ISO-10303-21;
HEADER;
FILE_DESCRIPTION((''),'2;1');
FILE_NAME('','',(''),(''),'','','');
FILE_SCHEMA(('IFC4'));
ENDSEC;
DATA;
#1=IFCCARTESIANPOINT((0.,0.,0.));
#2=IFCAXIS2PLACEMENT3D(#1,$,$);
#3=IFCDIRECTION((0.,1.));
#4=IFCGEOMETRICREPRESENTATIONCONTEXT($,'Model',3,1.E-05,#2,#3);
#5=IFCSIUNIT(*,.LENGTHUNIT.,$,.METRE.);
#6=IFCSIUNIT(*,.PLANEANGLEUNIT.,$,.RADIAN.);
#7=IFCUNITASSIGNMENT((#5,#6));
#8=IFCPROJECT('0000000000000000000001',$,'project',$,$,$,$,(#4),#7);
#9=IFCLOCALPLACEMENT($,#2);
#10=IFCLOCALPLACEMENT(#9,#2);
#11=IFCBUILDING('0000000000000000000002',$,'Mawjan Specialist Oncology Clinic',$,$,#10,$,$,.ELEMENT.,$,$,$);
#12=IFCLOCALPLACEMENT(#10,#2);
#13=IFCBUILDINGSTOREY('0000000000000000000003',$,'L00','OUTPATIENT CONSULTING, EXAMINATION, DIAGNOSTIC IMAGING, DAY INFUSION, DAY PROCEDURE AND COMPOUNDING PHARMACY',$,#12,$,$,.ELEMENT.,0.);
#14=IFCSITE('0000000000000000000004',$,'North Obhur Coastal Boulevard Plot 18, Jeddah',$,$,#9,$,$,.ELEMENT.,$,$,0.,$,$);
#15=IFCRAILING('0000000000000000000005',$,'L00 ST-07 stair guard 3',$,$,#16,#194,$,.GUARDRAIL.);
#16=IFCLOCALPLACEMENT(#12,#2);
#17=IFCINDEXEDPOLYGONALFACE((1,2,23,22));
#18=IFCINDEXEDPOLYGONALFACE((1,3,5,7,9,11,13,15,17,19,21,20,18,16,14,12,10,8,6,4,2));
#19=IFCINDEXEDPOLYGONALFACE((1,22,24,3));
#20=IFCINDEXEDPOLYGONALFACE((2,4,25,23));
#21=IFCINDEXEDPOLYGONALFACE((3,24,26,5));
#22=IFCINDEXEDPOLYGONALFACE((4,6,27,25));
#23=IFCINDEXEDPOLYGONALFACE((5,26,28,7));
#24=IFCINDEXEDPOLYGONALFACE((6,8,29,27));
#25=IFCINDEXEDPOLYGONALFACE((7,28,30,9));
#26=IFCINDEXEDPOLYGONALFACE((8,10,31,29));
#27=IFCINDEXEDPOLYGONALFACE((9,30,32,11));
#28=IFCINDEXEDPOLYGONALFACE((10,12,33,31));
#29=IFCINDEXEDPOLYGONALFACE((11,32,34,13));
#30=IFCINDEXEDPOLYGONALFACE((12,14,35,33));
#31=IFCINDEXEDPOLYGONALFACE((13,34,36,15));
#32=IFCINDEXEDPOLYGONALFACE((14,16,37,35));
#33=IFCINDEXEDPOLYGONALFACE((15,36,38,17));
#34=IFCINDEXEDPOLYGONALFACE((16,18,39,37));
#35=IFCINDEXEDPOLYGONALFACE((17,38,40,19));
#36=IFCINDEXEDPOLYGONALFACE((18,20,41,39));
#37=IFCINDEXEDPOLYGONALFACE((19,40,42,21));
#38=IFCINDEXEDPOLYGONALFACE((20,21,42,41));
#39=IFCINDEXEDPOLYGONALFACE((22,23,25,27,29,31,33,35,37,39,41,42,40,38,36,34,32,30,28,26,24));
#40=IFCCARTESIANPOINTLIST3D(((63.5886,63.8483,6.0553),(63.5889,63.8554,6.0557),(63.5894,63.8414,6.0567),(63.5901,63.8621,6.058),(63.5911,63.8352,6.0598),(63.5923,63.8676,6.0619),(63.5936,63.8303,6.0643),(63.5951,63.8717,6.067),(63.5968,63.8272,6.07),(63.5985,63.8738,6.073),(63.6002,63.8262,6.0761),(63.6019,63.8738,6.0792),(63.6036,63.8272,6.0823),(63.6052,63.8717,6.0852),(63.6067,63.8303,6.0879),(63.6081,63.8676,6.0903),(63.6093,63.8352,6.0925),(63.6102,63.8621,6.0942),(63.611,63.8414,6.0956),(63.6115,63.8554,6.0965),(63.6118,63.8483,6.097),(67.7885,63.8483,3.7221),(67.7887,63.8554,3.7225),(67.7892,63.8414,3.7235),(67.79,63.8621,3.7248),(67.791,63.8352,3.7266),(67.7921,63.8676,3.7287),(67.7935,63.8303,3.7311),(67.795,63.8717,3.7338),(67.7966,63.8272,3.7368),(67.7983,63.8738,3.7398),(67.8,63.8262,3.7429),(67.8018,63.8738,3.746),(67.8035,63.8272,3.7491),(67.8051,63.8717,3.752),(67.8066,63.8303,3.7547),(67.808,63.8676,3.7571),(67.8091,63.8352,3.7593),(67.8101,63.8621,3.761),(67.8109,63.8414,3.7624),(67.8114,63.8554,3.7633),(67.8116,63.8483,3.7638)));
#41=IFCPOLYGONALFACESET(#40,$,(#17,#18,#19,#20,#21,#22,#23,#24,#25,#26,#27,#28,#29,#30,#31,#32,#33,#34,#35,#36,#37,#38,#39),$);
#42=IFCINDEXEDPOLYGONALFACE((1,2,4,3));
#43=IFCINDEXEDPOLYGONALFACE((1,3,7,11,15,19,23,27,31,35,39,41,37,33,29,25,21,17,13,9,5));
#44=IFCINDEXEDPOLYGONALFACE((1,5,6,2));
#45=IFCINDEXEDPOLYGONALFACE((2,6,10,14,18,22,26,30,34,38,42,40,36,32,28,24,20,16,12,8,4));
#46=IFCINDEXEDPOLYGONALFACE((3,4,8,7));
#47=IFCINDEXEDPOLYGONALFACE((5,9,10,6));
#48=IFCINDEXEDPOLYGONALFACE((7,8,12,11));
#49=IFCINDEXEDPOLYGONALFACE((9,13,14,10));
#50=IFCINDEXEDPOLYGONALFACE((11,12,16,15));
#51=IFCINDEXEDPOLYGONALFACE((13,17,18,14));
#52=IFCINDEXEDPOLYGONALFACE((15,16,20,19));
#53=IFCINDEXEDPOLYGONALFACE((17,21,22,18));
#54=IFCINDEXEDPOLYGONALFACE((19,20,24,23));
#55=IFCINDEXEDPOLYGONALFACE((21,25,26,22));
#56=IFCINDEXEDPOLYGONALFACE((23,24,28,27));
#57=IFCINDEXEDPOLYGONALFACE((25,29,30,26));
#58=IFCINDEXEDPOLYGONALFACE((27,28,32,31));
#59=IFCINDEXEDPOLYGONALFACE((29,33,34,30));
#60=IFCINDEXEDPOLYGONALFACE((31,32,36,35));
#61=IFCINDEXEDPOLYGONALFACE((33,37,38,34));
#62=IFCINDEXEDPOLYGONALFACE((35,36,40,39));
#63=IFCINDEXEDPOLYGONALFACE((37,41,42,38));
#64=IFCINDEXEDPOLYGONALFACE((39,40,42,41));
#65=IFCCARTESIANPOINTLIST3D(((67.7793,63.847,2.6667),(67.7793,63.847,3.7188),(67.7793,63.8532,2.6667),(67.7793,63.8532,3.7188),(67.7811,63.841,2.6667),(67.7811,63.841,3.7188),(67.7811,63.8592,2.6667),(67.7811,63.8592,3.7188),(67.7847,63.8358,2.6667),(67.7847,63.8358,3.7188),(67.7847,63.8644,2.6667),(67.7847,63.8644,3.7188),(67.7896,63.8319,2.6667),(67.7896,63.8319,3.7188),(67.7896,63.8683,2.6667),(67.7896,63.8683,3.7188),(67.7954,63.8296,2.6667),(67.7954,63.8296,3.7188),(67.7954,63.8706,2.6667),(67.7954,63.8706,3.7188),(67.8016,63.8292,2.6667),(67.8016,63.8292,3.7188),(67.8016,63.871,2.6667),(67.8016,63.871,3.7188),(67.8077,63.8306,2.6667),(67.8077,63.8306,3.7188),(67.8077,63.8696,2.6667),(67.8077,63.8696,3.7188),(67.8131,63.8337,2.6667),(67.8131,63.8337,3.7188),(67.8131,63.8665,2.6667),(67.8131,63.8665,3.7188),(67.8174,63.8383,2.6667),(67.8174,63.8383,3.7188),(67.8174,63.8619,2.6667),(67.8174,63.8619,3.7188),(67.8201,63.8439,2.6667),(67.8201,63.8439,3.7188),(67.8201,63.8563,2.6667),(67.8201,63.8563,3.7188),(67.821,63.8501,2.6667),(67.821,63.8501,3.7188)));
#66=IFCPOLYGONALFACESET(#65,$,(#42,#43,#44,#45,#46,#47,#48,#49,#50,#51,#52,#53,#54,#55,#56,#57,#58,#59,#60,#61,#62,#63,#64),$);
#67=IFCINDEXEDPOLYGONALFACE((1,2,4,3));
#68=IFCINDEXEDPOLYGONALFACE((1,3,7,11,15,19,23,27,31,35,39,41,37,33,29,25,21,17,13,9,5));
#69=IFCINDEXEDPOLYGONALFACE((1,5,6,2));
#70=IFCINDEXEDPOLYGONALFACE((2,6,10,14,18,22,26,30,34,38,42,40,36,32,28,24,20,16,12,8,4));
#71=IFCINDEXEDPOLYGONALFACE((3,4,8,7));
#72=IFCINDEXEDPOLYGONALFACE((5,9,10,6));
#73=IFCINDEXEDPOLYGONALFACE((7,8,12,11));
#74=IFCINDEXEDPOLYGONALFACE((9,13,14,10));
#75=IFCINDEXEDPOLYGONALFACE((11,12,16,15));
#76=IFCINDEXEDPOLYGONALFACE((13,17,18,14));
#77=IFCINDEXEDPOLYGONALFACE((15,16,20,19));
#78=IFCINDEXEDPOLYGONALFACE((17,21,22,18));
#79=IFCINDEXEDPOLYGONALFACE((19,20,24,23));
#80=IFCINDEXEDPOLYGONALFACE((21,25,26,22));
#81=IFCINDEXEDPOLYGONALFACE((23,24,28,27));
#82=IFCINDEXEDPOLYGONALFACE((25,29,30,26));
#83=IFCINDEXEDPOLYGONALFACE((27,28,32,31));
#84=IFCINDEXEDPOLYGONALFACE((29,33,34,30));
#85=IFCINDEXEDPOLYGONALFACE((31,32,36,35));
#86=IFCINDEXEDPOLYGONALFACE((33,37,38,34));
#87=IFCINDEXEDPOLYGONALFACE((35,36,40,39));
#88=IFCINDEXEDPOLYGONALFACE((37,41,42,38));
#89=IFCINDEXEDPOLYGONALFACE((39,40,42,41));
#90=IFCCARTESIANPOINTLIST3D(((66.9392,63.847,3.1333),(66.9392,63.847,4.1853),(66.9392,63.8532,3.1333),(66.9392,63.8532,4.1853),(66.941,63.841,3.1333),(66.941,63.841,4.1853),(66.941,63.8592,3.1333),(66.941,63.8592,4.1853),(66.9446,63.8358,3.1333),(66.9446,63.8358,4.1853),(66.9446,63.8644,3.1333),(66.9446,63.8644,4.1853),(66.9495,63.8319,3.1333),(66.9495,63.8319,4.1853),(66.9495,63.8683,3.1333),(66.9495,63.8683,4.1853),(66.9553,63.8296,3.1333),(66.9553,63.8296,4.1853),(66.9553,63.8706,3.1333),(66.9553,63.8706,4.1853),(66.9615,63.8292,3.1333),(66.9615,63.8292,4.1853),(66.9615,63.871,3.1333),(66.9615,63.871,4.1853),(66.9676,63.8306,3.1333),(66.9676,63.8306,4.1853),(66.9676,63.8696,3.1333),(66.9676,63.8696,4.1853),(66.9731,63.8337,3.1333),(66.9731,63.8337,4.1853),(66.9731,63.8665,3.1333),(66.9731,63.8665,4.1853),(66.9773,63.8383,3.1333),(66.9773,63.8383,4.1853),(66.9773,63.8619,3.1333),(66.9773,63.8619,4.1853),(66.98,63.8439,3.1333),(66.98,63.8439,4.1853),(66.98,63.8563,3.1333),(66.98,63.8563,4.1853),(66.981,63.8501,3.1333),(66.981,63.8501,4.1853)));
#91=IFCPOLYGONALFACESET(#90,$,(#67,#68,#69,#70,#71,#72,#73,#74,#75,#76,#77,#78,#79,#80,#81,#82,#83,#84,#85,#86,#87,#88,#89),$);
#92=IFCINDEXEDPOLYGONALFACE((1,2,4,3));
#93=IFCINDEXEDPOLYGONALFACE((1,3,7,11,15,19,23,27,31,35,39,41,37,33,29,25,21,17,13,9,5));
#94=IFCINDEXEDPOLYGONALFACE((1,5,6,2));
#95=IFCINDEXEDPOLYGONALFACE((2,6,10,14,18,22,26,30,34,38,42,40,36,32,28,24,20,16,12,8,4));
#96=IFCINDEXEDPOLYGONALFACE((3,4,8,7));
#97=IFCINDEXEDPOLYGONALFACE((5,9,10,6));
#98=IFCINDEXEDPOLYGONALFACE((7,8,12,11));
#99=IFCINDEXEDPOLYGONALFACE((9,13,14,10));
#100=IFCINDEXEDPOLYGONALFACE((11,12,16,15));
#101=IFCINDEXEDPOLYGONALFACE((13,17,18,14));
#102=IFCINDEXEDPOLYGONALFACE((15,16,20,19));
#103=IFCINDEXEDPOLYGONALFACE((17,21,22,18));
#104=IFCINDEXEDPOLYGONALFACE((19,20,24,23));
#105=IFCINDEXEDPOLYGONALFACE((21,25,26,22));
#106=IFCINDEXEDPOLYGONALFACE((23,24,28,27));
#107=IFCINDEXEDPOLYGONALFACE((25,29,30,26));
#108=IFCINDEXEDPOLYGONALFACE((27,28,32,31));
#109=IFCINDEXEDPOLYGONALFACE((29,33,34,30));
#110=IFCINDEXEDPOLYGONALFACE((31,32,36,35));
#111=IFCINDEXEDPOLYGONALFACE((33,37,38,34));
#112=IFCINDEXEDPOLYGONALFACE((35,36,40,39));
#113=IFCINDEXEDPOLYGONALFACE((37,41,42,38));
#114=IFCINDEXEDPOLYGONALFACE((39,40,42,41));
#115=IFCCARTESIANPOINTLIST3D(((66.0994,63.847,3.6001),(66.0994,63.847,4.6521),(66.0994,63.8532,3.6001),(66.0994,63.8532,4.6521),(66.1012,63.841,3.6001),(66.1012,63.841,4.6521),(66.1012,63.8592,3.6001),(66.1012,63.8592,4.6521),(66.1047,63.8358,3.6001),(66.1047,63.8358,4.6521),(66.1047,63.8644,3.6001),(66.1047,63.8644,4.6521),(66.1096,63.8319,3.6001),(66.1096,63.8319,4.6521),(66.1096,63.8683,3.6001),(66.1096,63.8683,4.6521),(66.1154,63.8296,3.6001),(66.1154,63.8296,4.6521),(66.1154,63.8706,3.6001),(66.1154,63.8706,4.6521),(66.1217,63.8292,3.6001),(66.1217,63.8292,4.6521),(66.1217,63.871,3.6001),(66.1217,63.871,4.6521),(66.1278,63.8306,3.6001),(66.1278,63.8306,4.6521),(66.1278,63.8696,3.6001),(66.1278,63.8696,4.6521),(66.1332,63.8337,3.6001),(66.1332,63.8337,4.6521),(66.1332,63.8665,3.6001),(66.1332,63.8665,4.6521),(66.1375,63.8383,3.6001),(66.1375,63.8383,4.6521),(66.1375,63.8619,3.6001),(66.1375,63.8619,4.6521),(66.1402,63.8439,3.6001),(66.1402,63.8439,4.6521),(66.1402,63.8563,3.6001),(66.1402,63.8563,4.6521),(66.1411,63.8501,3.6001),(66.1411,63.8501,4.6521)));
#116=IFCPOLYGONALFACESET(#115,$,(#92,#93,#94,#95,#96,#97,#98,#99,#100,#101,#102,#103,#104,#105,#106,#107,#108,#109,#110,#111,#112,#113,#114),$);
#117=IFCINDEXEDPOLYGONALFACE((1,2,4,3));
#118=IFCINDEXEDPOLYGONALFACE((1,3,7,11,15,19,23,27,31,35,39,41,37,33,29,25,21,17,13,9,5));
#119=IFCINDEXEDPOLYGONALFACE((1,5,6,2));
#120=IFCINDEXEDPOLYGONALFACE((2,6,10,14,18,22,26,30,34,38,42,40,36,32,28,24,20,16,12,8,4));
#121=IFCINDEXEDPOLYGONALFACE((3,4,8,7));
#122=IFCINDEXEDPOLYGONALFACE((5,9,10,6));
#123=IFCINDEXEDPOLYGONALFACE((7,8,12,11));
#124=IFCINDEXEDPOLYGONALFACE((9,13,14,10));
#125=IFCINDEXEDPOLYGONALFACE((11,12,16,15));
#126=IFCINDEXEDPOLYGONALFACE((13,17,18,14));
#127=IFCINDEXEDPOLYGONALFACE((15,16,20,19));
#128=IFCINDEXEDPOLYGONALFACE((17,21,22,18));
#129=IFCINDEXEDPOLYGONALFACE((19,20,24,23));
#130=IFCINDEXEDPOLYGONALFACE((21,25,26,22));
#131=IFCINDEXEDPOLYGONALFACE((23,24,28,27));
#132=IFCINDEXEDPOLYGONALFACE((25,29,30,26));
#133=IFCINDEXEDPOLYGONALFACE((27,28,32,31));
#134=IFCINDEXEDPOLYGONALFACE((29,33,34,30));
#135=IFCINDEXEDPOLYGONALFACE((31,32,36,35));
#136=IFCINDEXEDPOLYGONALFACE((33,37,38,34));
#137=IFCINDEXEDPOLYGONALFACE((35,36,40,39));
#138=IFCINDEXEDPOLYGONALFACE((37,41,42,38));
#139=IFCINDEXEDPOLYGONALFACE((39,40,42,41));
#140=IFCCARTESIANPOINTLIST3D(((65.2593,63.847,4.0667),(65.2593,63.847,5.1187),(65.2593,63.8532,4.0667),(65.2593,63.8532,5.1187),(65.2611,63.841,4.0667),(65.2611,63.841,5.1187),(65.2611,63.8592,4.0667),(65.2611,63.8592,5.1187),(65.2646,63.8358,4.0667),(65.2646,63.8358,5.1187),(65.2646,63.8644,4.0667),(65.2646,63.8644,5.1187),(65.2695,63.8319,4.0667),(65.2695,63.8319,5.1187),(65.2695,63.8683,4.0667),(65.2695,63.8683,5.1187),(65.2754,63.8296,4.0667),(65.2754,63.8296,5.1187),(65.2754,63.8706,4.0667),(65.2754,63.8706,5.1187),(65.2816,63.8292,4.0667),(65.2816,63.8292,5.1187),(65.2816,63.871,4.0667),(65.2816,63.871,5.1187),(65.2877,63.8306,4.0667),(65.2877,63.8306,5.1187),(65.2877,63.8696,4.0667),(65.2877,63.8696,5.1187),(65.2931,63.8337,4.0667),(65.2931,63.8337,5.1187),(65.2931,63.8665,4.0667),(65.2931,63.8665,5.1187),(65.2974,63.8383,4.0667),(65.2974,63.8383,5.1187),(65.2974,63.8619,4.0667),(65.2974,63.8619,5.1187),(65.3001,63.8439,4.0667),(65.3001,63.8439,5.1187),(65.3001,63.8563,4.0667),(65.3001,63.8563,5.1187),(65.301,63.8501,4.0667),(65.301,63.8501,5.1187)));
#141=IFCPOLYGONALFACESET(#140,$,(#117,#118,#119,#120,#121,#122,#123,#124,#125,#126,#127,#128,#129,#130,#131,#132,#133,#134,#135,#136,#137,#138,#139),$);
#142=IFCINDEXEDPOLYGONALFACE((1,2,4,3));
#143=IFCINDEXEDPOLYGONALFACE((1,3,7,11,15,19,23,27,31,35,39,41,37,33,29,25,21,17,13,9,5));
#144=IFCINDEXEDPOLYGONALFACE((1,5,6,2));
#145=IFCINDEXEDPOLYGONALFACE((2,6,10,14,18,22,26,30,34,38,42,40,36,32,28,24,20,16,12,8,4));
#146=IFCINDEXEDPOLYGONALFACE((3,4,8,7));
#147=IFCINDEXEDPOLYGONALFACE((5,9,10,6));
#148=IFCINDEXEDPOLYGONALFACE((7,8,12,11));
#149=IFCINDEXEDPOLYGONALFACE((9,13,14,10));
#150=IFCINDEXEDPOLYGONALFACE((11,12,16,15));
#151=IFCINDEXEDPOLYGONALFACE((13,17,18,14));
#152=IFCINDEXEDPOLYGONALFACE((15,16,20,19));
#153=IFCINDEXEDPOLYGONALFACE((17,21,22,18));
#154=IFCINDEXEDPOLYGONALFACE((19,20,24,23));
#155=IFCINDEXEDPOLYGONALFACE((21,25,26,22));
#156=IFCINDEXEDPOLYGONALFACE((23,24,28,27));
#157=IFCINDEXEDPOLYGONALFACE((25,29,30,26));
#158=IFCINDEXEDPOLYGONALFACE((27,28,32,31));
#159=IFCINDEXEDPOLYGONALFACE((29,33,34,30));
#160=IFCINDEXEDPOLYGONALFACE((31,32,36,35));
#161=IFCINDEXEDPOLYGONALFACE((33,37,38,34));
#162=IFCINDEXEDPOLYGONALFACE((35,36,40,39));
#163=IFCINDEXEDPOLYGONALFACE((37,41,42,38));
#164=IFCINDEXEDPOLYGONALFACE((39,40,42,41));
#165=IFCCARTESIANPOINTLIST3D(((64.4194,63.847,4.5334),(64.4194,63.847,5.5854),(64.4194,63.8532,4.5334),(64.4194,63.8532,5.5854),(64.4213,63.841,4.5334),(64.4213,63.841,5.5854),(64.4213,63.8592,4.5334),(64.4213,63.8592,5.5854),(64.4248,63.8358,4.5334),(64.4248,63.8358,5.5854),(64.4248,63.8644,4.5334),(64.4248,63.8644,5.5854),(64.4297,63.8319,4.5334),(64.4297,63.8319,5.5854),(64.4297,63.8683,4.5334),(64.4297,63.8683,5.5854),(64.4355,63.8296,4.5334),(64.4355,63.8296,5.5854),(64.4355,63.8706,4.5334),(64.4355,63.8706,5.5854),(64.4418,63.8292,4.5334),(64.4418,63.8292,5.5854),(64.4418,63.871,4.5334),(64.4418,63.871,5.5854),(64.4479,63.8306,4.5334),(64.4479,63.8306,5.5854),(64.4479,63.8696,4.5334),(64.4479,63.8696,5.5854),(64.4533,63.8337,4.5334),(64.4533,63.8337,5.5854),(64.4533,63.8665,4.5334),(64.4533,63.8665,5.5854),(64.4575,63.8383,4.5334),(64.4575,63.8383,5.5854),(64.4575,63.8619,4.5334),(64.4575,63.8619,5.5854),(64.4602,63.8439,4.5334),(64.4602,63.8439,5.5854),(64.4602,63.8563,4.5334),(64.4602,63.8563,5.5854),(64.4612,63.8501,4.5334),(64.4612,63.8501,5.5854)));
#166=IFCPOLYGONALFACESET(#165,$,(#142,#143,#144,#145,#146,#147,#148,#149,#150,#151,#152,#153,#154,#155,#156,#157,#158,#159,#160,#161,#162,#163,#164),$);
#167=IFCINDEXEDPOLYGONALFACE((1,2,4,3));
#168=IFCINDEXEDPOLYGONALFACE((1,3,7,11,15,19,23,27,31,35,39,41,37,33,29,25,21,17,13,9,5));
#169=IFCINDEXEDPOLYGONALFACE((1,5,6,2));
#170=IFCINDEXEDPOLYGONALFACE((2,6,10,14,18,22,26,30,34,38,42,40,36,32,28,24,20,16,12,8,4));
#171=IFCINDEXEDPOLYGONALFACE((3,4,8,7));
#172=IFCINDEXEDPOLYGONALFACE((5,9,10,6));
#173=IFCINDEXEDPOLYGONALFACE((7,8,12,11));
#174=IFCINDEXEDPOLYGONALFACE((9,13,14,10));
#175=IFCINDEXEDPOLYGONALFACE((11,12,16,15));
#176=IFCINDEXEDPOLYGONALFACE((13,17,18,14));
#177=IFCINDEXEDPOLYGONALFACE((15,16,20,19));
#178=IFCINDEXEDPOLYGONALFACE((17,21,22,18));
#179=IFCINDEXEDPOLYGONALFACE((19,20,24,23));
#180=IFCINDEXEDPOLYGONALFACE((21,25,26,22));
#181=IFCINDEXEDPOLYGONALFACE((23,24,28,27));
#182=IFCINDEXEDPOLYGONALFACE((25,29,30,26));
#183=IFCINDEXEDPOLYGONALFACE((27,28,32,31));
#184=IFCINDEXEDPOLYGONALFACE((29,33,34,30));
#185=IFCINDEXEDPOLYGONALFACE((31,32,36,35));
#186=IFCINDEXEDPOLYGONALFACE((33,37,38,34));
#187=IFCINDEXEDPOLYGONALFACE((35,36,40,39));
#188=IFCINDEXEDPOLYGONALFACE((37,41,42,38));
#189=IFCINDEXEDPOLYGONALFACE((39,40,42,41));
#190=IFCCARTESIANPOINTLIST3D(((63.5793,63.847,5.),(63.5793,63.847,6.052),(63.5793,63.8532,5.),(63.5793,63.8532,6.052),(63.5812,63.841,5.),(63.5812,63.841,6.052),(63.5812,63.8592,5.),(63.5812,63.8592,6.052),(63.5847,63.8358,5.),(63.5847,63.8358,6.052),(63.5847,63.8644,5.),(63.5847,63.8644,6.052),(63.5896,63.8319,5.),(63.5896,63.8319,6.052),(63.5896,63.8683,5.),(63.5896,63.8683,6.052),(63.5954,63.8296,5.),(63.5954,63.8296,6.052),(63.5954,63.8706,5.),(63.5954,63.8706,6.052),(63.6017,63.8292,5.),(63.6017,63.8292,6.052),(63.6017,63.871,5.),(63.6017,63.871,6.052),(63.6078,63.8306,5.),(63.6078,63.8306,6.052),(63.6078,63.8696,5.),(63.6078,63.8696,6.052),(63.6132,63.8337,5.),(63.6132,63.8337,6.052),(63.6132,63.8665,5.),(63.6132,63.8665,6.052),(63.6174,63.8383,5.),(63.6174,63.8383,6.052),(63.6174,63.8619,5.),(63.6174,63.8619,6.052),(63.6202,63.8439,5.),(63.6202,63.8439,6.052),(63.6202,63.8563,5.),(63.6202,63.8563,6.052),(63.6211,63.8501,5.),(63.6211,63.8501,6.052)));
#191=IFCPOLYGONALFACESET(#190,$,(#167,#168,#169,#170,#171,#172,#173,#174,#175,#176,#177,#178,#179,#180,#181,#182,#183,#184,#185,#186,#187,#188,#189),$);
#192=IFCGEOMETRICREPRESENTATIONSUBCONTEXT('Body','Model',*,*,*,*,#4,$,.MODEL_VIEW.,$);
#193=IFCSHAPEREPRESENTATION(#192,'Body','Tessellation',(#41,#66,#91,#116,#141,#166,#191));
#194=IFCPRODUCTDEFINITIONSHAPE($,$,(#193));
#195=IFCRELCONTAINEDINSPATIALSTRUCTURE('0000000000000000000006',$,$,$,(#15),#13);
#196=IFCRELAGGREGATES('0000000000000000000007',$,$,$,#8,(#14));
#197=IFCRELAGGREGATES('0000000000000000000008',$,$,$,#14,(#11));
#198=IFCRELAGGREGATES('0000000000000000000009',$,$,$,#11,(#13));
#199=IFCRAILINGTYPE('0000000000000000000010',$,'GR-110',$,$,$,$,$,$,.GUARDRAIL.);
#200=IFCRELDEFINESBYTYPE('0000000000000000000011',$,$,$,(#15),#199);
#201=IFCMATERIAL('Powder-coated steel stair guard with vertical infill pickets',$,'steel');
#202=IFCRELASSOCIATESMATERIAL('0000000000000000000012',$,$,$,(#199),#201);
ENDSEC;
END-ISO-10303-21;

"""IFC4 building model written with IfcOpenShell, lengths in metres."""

from ifc_helpers import new_model, si_unit, direction, frame, origin, origin_2d, place, context, subcontext, project, spatial, circle, extrude, material, type_object, element, save


model = new_model("IFC4")

# Units and contexts
model_context = context("Model", 3, precision=1e-05, world=origin(), true_north=direction((0.0, 1.0)))
body_context = subcontext(model_context, "Body", "Model", "MODEL_VIEW")
ifc_project = project(units=[si_unit("LENGTHUNIT", "METRE"), si_unit("PLANEANGLEUNIT", "RADIAN")], contexts=[model_context])

# Site, building, storey
site_placement = place(None, origin())
site = spatial("IfcSite", under=ifc_project, at=site_placement, Name="North Obhur Coastal Boulevard Plot 18, Jeddah", CompositionType="ELEMENT", RefElevation=0.0)
building_placement = place(site_placement, origin())
building = spatial("IfcBuilding", under=site, at=building_placement, Name="Mawjan Specialist Oncology Clinic", CompositionType="ELEMENT")
storey_placement = place(building_placement, origin())
storey = spatial("IfcBuildingStorey", under=building, at=storey_placement, Name="L00", Description="OUTPATIENT CONSULTING, EXAMINATION, DIAGNOSTIC IMAGING, DAY INFUSION, DAY PROCEDURE AND COMPOUNDING PHARMACY", CompositionType="ELEMENT", Elevation=0.0)

# Railing
ifc_material_1 = material(Name="Powder-coated steel stair guard with vertical infill pickets", Category="steel")
railing_type_1 = type_object("IfcRailingType", Name="GR-110", PredefinedType="GUARDRAIL", material=ifc_material_1)
railing_1_placement = place(storey_placement, frame((67.8, 63.8501, 2.6667)))
element("IfcRailing", 1, at=railing_1_placement, inside=storey, type_object=railing_type_1, Name="L00 ST-07 stair guard 3", PredefinedType="GUARDRAIL", context=body_context, shape_type="SweptSolid", body=[
    extrude(circle(Radius=0.0239, at=origin_2d()), frame((0.0, 0.0, 1.0762), z_axis=(-0.874162, 0.0, 0.485634), x_axis=(0.0, -1.0, 0.0)), (0.0, 0.0, 1.0), 4.8044),
    extrude(circle(Radius=0.021, at=origin_2d()), origin(), (0.0, 0.0, 1.0), 1.052),
    extrude(circle(Radius=0.021, at=origin_2d()), frame((-0.8401, 0.0, 0.4666)), (0.0, 0.0, 1.0), 1.052),
    extrude(circle(Radius=0.021, at=origin_2d()), frame((-1.6799, 0.0, 0.9333)), (0.0, 0.0, 1.0), 1.052),
    extrude(circle(Radius=0.021, at=origin_2d()), frame((-2.52, 0.0, 1.3999)), (0.0, 0.0, 1.0), 1.052),
    extrude(circle(Radius=0.021, at=origin_2d()), frame((-3.3599, 0.0, 1.8667)), (0.0, 0.0, 1.0), 1.052),
    extrude(circle(Radius=0.021, at=origin_2d()), frame((-4.2, 0.0, 2.3333)), (0.0, 0.0, 1.0), 1.052),
])

save(model, "model.ifc")
